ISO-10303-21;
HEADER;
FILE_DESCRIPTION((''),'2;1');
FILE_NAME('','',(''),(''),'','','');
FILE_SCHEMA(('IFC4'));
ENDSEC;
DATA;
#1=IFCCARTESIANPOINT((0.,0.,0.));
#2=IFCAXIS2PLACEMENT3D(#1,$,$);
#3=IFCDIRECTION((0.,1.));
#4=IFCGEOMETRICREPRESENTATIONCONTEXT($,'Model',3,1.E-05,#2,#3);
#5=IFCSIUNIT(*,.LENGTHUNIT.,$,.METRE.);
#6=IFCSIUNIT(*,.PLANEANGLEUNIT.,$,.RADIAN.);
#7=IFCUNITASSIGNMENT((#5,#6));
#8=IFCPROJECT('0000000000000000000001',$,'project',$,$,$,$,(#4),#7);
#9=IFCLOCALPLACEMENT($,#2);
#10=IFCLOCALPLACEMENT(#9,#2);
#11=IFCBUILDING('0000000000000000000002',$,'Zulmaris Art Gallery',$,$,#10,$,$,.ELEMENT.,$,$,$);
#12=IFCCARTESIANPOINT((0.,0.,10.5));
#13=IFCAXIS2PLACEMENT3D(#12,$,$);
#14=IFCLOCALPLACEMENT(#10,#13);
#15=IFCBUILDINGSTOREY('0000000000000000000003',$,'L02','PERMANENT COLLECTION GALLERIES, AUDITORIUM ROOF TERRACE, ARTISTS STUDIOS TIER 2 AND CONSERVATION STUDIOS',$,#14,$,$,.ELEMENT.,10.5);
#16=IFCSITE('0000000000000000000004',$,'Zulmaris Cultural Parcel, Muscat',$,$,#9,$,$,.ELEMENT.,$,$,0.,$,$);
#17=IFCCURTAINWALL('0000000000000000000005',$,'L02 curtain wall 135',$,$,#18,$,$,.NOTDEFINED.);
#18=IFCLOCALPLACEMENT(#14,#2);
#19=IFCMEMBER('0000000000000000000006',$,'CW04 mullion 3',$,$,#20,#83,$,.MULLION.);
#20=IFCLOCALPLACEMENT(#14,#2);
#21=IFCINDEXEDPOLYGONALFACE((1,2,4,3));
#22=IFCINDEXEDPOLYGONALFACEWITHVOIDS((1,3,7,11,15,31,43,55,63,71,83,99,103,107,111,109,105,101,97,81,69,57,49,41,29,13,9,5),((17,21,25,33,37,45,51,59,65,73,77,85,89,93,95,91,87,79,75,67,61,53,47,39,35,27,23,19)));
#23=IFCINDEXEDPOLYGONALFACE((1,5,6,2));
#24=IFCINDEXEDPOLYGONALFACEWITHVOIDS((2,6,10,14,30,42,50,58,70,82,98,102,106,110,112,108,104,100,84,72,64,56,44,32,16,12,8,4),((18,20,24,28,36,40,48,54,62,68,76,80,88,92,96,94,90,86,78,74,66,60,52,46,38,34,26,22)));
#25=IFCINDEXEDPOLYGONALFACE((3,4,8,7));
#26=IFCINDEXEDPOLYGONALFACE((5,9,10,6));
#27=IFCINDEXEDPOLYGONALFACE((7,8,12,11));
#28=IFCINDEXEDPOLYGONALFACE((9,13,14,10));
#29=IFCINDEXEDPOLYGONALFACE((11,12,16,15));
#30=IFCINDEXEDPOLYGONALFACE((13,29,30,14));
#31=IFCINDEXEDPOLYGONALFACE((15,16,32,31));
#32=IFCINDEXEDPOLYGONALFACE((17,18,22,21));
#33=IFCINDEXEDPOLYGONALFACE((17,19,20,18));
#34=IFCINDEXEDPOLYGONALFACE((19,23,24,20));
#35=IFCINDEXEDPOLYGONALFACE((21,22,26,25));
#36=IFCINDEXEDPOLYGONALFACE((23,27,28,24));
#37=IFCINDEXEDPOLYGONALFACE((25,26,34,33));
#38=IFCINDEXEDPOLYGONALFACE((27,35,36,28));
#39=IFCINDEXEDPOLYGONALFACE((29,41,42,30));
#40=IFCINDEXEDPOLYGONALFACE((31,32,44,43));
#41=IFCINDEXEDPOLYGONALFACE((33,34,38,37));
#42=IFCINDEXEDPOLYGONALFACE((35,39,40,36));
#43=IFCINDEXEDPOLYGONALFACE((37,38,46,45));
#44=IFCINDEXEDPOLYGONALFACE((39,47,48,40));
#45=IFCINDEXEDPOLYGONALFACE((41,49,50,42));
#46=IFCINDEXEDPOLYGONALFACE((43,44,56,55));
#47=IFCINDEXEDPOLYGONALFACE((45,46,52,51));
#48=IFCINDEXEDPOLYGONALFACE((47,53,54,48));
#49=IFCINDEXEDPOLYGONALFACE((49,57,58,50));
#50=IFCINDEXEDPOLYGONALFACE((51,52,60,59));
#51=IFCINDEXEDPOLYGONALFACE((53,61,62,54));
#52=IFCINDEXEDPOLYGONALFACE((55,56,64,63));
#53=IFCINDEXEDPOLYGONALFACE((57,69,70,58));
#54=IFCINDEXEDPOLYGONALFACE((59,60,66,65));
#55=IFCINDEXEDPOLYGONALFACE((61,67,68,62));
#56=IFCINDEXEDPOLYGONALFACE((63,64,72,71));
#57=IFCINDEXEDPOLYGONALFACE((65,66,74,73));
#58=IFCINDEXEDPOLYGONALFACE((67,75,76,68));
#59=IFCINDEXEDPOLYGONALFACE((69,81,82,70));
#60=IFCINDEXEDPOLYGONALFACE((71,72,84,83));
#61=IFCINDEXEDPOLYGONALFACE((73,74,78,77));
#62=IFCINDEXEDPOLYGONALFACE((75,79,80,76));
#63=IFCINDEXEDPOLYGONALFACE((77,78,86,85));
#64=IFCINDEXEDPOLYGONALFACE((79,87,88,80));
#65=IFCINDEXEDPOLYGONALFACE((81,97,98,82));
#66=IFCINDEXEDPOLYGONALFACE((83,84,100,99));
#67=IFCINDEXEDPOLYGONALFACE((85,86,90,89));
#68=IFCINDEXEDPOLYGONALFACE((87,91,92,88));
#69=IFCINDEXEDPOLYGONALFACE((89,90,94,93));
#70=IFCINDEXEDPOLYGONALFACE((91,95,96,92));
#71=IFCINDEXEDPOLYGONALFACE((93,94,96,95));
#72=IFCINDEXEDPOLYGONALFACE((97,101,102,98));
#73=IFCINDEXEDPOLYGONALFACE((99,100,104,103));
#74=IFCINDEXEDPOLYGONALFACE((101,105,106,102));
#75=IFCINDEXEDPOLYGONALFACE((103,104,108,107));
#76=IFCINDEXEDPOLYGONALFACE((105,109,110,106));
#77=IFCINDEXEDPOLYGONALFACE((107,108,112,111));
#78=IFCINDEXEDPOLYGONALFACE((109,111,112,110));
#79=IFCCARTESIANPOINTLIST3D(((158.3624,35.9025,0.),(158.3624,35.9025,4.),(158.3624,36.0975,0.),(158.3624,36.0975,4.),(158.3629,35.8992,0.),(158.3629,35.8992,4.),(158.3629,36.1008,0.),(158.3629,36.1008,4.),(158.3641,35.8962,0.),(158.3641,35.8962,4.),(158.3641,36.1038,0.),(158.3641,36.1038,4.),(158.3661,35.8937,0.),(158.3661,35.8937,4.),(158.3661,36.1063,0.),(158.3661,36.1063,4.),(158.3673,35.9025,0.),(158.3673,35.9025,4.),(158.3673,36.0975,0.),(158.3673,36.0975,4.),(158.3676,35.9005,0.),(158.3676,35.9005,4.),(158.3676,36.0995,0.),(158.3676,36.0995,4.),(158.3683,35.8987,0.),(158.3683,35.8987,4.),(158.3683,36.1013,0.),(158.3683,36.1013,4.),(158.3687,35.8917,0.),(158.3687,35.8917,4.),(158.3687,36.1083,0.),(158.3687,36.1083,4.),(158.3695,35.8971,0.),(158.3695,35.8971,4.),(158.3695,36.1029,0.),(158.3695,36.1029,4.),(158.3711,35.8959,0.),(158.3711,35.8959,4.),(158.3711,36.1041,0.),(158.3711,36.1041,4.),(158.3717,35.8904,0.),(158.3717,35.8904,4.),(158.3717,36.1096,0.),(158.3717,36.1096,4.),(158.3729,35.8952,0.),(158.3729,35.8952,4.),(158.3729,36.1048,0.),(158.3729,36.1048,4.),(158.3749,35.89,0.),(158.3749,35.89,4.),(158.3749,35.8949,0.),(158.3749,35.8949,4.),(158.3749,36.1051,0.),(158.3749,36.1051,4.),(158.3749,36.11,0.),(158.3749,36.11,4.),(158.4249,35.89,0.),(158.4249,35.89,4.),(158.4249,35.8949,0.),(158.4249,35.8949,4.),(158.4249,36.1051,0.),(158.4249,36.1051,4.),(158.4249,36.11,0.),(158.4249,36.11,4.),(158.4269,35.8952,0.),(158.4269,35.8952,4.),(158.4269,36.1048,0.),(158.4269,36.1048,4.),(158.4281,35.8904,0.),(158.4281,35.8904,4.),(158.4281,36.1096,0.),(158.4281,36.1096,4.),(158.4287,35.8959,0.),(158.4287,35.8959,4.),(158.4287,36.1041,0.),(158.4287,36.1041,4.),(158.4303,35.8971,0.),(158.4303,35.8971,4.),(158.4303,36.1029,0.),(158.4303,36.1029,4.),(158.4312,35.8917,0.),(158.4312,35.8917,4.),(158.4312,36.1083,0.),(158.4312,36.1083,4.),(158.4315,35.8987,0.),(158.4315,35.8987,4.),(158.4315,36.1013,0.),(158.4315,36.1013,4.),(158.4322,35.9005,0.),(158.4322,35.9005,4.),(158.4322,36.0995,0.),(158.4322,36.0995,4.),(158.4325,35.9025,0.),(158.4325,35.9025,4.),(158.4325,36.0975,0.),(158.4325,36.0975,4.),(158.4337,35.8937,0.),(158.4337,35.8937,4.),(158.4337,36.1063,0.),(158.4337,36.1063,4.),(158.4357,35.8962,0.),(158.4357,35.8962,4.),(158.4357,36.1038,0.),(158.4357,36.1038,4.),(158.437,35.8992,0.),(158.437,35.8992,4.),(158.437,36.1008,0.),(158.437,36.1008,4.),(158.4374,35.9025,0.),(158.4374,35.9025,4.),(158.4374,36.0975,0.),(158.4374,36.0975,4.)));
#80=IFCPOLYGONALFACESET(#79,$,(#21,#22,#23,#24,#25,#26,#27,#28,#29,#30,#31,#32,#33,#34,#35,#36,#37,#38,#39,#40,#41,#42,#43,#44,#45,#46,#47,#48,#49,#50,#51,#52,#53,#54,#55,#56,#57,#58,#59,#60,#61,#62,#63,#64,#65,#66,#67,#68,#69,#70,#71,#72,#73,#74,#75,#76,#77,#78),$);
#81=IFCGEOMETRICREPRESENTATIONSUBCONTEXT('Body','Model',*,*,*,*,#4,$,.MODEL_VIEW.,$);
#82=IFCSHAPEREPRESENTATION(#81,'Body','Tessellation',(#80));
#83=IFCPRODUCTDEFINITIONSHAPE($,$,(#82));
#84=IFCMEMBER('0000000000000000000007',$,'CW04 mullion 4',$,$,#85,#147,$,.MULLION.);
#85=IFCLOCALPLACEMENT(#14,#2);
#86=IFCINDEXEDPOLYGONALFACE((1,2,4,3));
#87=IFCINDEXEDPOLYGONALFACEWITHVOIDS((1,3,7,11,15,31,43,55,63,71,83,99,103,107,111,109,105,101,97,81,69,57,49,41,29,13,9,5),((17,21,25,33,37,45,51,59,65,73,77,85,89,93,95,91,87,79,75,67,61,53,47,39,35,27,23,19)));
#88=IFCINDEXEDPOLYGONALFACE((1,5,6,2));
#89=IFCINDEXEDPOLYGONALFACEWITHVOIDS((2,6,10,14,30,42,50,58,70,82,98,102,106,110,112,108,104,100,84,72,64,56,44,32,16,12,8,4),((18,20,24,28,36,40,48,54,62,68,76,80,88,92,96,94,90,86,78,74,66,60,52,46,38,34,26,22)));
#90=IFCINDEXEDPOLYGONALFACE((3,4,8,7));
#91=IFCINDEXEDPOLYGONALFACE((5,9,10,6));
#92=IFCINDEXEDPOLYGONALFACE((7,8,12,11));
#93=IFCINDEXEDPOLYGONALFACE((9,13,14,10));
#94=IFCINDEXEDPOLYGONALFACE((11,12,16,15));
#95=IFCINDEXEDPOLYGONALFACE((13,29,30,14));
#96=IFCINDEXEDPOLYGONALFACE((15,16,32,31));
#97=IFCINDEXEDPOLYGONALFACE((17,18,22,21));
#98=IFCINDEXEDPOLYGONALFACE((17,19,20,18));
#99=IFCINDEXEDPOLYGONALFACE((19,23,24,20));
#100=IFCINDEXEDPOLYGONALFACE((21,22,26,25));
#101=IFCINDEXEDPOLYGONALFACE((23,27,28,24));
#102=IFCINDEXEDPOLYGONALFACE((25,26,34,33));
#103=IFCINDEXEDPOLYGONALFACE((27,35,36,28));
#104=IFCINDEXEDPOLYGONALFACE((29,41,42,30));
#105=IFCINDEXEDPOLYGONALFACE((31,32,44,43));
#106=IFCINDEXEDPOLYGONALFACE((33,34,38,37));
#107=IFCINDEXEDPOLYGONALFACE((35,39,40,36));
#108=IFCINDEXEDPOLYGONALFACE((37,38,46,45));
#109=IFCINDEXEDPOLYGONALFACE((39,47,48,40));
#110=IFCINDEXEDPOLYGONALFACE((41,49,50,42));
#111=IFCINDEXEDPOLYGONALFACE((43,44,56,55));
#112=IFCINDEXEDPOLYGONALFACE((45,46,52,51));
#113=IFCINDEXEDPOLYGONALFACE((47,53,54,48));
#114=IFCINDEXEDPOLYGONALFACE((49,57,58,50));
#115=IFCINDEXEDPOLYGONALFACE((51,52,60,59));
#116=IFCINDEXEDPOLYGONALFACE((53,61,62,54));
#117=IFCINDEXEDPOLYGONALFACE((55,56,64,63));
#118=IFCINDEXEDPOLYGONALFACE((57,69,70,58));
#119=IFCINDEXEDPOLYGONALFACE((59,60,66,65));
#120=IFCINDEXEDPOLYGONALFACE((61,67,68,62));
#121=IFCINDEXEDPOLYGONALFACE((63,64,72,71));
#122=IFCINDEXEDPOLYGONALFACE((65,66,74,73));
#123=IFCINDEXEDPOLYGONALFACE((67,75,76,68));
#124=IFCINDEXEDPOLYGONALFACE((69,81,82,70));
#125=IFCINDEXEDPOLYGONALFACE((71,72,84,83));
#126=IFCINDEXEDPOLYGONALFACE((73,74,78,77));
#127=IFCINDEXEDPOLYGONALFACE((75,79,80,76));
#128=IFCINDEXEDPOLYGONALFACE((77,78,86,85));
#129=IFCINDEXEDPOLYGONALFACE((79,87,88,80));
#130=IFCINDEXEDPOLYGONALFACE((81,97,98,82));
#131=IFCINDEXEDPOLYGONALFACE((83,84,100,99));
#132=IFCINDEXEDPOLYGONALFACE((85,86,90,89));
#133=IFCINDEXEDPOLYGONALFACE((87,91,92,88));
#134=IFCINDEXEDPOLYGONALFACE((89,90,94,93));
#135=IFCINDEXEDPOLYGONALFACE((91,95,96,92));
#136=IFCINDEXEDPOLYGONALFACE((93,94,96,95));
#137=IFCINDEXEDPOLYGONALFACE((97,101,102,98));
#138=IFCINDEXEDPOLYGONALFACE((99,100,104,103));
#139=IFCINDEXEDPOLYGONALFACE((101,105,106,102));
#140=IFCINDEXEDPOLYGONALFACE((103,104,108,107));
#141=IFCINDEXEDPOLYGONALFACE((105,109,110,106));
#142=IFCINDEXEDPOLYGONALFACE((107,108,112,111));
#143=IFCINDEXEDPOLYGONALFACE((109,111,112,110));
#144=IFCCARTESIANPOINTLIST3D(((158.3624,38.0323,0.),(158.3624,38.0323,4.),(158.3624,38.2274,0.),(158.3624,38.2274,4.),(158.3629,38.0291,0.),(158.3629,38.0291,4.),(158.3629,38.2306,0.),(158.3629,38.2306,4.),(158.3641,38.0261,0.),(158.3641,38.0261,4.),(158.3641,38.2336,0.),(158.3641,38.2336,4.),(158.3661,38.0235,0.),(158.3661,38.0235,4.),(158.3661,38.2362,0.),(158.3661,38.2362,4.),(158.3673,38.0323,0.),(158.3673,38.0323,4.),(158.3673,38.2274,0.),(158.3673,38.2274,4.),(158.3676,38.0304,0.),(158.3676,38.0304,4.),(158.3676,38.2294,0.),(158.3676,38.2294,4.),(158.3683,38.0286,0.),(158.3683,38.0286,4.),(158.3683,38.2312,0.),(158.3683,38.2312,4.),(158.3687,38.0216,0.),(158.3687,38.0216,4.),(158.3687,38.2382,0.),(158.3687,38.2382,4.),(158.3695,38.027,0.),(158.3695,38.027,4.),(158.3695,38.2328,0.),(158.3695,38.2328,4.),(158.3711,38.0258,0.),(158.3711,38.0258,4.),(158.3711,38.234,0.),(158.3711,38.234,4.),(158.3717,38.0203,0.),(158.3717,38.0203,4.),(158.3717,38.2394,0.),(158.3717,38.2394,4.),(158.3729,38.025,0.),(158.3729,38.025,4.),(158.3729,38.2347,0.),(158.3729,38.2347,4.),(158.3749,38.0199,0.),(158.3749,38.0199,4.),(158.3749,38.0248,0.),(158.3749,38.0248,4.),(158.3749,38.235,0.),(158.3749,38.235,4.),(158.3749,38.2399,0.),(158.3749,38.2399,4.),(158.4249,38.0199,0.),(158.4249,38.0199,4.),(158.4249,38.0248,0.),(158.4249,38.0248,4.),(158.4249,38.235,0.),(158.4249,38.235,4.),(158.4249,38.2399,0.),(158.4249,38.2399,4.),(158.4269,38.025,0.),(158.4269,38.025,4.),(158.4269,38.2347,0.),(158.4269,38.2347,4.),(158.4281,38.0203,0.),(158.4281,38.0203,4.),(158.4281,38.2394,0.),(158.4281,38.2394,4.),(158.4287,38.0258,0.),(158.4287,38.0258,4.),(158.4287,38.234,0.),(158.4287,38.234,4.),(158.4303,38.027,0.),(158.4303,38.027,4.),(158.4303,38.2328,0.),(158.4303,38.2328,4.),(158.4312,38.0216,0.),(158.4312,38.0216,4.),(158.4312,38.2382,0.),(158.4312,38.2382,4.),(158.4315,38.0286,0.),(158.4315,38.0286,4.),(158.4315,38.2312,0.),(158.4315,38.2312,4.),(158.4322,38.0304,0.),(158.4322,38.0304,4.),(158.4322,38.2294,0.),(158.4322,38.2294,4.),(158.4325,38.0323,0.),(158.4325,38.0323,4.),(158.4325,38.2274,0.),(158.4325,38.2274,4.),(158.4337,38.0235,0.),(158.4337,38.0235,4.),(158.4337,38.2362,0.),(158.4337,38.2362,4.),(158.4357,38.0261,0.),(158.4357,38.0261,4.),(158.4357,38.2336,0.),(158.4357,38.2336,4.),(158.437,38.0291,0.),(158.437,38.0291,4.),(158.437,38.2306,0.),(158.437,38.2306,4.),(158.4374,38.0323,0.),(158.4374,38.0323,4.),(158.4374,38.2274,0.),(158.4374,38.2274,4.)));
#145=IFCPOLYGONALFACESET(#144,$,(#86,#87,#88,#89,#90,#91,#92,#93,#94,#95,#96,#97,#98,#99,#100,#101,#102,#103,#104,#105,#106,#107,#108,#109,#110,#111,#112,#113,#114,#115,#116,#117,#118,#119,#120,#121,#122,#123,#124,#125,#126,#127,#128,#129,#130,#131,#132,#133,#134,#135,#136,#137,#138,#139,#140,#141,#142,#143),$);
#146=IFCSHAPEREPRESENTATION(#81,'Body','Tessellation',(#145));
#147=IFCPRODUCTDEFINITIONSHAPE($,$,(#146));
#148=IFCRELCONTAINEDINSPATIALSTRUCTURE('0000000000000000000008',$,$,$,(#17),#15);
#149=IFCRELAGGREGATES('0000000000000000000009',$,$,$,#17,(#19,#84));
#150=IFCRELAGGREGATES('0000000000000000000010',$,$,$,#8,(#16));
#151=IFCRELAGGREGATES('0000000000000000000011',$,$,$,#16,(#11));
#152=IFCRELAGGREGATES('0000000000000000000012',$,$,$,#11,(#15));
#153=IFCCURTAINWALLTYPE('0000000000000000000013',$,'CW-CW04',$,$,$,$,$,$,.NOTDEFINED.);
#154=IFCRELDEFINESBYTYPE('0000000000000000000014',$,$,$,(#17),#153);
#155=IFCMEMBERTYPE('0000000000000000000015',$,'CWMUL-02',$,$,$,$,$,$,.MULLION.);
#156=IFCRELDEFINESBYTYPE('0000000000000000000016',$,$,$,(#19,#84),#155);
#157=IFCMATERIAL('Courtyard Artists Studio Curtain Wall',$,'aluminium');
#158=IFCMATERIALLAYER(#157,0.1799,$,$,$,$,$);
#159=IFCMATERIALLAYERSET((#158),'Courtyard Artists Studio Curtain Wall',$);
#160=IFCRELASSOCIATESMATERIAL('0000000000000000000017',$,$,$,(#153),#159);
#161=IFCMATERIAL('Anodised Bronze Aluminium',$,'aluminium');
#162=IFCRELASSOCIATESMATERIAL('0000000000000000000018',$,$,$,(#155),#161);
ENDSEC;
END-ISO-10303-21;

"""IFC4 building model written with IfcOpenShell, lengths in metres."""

from ifc_helpers import new_model, si_unit, direction, frame, origin, origin_2d, place, context, subcontext, project, spatial, hollow_rectangle, extrude, material, layer, layer_set, material_profile, profile_set, type_object, element, aggregate, save


model = new_model("IFC4")

# Units and contexts
model_context = context("Model", 3, precision=1e-05, world=origin(), true_north=direction((0.0, 1.0)))
body_context = subcontext(model_context, "Body", "Model", "MODEL_VIEW")
ifc_project = project(units=[si_unit("LENGTHUNIT", "METRE"), si_unit("PLANEANGLEUNIT", "RADIAN")], contexts=[model_context])

# Site, building, storey
site_placement = place(None, origin())
site = spatial("IfcSite", under=ifc_project, at=site_placement, Name="Zulmaris Cultural Parcel, Muscat", CompositionType="ELEMENT", RefElevation=0.0)
building_placement = place(site_placement, origin())
building = spatial("IfcBuilding", under=site, at=building_placement, Name="Zulmaris Art Gallery", CompositionType="ELEMENT")
storey_placement = place(building_placement, frame((0.0, 0.0, 10.5)))
storey = spatial("IfcBuildingStorey", under=building, at=storey_placement, Name="L02", Description="PERMANENT COLLECTION GALLERIES, AUDITORIUM ROOF TERRACE, ARTISTS STUDIOS TIER 2 AND CONSERVATION STUDIOS", CompositionType="ELEMENT", Elevation=10.5)

# Curtain wall, members
ifc_material_1 = material(Name="Courtyard Artists Studio Curtain Wall", Category="aluminium")
ifc_layer_1 = layer(ifc_material_1, 0.1799)
ifc_layer_set_1 = layer_set([ifc_layer_1], Name="Courtyard Artists Studio Curtain Wall")
curtain_wall_type = type_object("IfcCurtainWallType", Name="CW-CW04", PredefinedType="NOTDEFINED", material=ifc_layer_set_1)
curtain_wall_placement = place(storey_placement, origin())
curtain_wall = element("IfcCurtainWall", 1, at=curtain_wall_placement, inside=storey, type_object=curtain_wall_type, Name="L02 curtain wall 135", PredefinedType="NOTDEFINED")
ifc_material_2 = material(Name="Anodised Bronze Aluminium", Category="aluminium")
ifc_material_profile_1 = material_profile(ifc_material_2, hollow_rectangle(XDim=0.075, YDim=0.22, WallThickness=0.0049, InnerFilletRadius=0.0076, OuterFilletRadius=0.0125, at=origin_2d()), Name="ALU 75x220x5")
ifc_profile_set_1 = profile_set([ifc_material_profile_1], Name="Anodised Bronze Aluminium")
member_type_1 = type_object("IfcMemberType", Name="CWMUL-02", PredefinedType="MULLION", material=ifc_profile_set_1)
member_1_placement = place(storey_placement, frame((158.3999, 36.0, 0.0), z_axis=(0.0, 0.0, 1.0), x_axis=(-1.0, 0.0, 0.0)))
member_1 = element("IfcMember", 2, at=member_1_placement, type_object=member_type_1, Name="CW04 mullion 3", PredefinedType="MULLION", context=body_context, shape_type="SweptSolid", body=[
    extrude(hollow_rectangle(XDim=0.075, YDim=0.22, WallThickness=0.0049, InnerFilletRadius=0.0076, OuterFilletRadius=0.0125, at=origin_2d()), origin(), (0.0, 0.0, 1.0), 4.0),
])
member_2_placement = place(storey_placement, frame((158.3999, 38.1299, 0.0), z_axis=(0.0, 0.0, 1.0), x_axis=(-1.0, 0.0, 0.0)))
member_2 = element("IfcMember", 3, at=member_2_placement, type_object=member_type_1, Name="CW04 mullion 4", PredefinedType="MULLION", context=body_context, shape_type="SweptSolid", body=[
    extrude(hollow_rectangle(XDim=0.075, YDim=0.22, WallThickness=0.0049, InnerFilletRadius=0.0076, OuterFilletRadius=0.0125, at=origin_2d()), origin(), (0.0, 0.0, 1.0), 4.0),
])
aggregate(curtain_wall, [member_1, member_2])

save(model, "model.ifc")
